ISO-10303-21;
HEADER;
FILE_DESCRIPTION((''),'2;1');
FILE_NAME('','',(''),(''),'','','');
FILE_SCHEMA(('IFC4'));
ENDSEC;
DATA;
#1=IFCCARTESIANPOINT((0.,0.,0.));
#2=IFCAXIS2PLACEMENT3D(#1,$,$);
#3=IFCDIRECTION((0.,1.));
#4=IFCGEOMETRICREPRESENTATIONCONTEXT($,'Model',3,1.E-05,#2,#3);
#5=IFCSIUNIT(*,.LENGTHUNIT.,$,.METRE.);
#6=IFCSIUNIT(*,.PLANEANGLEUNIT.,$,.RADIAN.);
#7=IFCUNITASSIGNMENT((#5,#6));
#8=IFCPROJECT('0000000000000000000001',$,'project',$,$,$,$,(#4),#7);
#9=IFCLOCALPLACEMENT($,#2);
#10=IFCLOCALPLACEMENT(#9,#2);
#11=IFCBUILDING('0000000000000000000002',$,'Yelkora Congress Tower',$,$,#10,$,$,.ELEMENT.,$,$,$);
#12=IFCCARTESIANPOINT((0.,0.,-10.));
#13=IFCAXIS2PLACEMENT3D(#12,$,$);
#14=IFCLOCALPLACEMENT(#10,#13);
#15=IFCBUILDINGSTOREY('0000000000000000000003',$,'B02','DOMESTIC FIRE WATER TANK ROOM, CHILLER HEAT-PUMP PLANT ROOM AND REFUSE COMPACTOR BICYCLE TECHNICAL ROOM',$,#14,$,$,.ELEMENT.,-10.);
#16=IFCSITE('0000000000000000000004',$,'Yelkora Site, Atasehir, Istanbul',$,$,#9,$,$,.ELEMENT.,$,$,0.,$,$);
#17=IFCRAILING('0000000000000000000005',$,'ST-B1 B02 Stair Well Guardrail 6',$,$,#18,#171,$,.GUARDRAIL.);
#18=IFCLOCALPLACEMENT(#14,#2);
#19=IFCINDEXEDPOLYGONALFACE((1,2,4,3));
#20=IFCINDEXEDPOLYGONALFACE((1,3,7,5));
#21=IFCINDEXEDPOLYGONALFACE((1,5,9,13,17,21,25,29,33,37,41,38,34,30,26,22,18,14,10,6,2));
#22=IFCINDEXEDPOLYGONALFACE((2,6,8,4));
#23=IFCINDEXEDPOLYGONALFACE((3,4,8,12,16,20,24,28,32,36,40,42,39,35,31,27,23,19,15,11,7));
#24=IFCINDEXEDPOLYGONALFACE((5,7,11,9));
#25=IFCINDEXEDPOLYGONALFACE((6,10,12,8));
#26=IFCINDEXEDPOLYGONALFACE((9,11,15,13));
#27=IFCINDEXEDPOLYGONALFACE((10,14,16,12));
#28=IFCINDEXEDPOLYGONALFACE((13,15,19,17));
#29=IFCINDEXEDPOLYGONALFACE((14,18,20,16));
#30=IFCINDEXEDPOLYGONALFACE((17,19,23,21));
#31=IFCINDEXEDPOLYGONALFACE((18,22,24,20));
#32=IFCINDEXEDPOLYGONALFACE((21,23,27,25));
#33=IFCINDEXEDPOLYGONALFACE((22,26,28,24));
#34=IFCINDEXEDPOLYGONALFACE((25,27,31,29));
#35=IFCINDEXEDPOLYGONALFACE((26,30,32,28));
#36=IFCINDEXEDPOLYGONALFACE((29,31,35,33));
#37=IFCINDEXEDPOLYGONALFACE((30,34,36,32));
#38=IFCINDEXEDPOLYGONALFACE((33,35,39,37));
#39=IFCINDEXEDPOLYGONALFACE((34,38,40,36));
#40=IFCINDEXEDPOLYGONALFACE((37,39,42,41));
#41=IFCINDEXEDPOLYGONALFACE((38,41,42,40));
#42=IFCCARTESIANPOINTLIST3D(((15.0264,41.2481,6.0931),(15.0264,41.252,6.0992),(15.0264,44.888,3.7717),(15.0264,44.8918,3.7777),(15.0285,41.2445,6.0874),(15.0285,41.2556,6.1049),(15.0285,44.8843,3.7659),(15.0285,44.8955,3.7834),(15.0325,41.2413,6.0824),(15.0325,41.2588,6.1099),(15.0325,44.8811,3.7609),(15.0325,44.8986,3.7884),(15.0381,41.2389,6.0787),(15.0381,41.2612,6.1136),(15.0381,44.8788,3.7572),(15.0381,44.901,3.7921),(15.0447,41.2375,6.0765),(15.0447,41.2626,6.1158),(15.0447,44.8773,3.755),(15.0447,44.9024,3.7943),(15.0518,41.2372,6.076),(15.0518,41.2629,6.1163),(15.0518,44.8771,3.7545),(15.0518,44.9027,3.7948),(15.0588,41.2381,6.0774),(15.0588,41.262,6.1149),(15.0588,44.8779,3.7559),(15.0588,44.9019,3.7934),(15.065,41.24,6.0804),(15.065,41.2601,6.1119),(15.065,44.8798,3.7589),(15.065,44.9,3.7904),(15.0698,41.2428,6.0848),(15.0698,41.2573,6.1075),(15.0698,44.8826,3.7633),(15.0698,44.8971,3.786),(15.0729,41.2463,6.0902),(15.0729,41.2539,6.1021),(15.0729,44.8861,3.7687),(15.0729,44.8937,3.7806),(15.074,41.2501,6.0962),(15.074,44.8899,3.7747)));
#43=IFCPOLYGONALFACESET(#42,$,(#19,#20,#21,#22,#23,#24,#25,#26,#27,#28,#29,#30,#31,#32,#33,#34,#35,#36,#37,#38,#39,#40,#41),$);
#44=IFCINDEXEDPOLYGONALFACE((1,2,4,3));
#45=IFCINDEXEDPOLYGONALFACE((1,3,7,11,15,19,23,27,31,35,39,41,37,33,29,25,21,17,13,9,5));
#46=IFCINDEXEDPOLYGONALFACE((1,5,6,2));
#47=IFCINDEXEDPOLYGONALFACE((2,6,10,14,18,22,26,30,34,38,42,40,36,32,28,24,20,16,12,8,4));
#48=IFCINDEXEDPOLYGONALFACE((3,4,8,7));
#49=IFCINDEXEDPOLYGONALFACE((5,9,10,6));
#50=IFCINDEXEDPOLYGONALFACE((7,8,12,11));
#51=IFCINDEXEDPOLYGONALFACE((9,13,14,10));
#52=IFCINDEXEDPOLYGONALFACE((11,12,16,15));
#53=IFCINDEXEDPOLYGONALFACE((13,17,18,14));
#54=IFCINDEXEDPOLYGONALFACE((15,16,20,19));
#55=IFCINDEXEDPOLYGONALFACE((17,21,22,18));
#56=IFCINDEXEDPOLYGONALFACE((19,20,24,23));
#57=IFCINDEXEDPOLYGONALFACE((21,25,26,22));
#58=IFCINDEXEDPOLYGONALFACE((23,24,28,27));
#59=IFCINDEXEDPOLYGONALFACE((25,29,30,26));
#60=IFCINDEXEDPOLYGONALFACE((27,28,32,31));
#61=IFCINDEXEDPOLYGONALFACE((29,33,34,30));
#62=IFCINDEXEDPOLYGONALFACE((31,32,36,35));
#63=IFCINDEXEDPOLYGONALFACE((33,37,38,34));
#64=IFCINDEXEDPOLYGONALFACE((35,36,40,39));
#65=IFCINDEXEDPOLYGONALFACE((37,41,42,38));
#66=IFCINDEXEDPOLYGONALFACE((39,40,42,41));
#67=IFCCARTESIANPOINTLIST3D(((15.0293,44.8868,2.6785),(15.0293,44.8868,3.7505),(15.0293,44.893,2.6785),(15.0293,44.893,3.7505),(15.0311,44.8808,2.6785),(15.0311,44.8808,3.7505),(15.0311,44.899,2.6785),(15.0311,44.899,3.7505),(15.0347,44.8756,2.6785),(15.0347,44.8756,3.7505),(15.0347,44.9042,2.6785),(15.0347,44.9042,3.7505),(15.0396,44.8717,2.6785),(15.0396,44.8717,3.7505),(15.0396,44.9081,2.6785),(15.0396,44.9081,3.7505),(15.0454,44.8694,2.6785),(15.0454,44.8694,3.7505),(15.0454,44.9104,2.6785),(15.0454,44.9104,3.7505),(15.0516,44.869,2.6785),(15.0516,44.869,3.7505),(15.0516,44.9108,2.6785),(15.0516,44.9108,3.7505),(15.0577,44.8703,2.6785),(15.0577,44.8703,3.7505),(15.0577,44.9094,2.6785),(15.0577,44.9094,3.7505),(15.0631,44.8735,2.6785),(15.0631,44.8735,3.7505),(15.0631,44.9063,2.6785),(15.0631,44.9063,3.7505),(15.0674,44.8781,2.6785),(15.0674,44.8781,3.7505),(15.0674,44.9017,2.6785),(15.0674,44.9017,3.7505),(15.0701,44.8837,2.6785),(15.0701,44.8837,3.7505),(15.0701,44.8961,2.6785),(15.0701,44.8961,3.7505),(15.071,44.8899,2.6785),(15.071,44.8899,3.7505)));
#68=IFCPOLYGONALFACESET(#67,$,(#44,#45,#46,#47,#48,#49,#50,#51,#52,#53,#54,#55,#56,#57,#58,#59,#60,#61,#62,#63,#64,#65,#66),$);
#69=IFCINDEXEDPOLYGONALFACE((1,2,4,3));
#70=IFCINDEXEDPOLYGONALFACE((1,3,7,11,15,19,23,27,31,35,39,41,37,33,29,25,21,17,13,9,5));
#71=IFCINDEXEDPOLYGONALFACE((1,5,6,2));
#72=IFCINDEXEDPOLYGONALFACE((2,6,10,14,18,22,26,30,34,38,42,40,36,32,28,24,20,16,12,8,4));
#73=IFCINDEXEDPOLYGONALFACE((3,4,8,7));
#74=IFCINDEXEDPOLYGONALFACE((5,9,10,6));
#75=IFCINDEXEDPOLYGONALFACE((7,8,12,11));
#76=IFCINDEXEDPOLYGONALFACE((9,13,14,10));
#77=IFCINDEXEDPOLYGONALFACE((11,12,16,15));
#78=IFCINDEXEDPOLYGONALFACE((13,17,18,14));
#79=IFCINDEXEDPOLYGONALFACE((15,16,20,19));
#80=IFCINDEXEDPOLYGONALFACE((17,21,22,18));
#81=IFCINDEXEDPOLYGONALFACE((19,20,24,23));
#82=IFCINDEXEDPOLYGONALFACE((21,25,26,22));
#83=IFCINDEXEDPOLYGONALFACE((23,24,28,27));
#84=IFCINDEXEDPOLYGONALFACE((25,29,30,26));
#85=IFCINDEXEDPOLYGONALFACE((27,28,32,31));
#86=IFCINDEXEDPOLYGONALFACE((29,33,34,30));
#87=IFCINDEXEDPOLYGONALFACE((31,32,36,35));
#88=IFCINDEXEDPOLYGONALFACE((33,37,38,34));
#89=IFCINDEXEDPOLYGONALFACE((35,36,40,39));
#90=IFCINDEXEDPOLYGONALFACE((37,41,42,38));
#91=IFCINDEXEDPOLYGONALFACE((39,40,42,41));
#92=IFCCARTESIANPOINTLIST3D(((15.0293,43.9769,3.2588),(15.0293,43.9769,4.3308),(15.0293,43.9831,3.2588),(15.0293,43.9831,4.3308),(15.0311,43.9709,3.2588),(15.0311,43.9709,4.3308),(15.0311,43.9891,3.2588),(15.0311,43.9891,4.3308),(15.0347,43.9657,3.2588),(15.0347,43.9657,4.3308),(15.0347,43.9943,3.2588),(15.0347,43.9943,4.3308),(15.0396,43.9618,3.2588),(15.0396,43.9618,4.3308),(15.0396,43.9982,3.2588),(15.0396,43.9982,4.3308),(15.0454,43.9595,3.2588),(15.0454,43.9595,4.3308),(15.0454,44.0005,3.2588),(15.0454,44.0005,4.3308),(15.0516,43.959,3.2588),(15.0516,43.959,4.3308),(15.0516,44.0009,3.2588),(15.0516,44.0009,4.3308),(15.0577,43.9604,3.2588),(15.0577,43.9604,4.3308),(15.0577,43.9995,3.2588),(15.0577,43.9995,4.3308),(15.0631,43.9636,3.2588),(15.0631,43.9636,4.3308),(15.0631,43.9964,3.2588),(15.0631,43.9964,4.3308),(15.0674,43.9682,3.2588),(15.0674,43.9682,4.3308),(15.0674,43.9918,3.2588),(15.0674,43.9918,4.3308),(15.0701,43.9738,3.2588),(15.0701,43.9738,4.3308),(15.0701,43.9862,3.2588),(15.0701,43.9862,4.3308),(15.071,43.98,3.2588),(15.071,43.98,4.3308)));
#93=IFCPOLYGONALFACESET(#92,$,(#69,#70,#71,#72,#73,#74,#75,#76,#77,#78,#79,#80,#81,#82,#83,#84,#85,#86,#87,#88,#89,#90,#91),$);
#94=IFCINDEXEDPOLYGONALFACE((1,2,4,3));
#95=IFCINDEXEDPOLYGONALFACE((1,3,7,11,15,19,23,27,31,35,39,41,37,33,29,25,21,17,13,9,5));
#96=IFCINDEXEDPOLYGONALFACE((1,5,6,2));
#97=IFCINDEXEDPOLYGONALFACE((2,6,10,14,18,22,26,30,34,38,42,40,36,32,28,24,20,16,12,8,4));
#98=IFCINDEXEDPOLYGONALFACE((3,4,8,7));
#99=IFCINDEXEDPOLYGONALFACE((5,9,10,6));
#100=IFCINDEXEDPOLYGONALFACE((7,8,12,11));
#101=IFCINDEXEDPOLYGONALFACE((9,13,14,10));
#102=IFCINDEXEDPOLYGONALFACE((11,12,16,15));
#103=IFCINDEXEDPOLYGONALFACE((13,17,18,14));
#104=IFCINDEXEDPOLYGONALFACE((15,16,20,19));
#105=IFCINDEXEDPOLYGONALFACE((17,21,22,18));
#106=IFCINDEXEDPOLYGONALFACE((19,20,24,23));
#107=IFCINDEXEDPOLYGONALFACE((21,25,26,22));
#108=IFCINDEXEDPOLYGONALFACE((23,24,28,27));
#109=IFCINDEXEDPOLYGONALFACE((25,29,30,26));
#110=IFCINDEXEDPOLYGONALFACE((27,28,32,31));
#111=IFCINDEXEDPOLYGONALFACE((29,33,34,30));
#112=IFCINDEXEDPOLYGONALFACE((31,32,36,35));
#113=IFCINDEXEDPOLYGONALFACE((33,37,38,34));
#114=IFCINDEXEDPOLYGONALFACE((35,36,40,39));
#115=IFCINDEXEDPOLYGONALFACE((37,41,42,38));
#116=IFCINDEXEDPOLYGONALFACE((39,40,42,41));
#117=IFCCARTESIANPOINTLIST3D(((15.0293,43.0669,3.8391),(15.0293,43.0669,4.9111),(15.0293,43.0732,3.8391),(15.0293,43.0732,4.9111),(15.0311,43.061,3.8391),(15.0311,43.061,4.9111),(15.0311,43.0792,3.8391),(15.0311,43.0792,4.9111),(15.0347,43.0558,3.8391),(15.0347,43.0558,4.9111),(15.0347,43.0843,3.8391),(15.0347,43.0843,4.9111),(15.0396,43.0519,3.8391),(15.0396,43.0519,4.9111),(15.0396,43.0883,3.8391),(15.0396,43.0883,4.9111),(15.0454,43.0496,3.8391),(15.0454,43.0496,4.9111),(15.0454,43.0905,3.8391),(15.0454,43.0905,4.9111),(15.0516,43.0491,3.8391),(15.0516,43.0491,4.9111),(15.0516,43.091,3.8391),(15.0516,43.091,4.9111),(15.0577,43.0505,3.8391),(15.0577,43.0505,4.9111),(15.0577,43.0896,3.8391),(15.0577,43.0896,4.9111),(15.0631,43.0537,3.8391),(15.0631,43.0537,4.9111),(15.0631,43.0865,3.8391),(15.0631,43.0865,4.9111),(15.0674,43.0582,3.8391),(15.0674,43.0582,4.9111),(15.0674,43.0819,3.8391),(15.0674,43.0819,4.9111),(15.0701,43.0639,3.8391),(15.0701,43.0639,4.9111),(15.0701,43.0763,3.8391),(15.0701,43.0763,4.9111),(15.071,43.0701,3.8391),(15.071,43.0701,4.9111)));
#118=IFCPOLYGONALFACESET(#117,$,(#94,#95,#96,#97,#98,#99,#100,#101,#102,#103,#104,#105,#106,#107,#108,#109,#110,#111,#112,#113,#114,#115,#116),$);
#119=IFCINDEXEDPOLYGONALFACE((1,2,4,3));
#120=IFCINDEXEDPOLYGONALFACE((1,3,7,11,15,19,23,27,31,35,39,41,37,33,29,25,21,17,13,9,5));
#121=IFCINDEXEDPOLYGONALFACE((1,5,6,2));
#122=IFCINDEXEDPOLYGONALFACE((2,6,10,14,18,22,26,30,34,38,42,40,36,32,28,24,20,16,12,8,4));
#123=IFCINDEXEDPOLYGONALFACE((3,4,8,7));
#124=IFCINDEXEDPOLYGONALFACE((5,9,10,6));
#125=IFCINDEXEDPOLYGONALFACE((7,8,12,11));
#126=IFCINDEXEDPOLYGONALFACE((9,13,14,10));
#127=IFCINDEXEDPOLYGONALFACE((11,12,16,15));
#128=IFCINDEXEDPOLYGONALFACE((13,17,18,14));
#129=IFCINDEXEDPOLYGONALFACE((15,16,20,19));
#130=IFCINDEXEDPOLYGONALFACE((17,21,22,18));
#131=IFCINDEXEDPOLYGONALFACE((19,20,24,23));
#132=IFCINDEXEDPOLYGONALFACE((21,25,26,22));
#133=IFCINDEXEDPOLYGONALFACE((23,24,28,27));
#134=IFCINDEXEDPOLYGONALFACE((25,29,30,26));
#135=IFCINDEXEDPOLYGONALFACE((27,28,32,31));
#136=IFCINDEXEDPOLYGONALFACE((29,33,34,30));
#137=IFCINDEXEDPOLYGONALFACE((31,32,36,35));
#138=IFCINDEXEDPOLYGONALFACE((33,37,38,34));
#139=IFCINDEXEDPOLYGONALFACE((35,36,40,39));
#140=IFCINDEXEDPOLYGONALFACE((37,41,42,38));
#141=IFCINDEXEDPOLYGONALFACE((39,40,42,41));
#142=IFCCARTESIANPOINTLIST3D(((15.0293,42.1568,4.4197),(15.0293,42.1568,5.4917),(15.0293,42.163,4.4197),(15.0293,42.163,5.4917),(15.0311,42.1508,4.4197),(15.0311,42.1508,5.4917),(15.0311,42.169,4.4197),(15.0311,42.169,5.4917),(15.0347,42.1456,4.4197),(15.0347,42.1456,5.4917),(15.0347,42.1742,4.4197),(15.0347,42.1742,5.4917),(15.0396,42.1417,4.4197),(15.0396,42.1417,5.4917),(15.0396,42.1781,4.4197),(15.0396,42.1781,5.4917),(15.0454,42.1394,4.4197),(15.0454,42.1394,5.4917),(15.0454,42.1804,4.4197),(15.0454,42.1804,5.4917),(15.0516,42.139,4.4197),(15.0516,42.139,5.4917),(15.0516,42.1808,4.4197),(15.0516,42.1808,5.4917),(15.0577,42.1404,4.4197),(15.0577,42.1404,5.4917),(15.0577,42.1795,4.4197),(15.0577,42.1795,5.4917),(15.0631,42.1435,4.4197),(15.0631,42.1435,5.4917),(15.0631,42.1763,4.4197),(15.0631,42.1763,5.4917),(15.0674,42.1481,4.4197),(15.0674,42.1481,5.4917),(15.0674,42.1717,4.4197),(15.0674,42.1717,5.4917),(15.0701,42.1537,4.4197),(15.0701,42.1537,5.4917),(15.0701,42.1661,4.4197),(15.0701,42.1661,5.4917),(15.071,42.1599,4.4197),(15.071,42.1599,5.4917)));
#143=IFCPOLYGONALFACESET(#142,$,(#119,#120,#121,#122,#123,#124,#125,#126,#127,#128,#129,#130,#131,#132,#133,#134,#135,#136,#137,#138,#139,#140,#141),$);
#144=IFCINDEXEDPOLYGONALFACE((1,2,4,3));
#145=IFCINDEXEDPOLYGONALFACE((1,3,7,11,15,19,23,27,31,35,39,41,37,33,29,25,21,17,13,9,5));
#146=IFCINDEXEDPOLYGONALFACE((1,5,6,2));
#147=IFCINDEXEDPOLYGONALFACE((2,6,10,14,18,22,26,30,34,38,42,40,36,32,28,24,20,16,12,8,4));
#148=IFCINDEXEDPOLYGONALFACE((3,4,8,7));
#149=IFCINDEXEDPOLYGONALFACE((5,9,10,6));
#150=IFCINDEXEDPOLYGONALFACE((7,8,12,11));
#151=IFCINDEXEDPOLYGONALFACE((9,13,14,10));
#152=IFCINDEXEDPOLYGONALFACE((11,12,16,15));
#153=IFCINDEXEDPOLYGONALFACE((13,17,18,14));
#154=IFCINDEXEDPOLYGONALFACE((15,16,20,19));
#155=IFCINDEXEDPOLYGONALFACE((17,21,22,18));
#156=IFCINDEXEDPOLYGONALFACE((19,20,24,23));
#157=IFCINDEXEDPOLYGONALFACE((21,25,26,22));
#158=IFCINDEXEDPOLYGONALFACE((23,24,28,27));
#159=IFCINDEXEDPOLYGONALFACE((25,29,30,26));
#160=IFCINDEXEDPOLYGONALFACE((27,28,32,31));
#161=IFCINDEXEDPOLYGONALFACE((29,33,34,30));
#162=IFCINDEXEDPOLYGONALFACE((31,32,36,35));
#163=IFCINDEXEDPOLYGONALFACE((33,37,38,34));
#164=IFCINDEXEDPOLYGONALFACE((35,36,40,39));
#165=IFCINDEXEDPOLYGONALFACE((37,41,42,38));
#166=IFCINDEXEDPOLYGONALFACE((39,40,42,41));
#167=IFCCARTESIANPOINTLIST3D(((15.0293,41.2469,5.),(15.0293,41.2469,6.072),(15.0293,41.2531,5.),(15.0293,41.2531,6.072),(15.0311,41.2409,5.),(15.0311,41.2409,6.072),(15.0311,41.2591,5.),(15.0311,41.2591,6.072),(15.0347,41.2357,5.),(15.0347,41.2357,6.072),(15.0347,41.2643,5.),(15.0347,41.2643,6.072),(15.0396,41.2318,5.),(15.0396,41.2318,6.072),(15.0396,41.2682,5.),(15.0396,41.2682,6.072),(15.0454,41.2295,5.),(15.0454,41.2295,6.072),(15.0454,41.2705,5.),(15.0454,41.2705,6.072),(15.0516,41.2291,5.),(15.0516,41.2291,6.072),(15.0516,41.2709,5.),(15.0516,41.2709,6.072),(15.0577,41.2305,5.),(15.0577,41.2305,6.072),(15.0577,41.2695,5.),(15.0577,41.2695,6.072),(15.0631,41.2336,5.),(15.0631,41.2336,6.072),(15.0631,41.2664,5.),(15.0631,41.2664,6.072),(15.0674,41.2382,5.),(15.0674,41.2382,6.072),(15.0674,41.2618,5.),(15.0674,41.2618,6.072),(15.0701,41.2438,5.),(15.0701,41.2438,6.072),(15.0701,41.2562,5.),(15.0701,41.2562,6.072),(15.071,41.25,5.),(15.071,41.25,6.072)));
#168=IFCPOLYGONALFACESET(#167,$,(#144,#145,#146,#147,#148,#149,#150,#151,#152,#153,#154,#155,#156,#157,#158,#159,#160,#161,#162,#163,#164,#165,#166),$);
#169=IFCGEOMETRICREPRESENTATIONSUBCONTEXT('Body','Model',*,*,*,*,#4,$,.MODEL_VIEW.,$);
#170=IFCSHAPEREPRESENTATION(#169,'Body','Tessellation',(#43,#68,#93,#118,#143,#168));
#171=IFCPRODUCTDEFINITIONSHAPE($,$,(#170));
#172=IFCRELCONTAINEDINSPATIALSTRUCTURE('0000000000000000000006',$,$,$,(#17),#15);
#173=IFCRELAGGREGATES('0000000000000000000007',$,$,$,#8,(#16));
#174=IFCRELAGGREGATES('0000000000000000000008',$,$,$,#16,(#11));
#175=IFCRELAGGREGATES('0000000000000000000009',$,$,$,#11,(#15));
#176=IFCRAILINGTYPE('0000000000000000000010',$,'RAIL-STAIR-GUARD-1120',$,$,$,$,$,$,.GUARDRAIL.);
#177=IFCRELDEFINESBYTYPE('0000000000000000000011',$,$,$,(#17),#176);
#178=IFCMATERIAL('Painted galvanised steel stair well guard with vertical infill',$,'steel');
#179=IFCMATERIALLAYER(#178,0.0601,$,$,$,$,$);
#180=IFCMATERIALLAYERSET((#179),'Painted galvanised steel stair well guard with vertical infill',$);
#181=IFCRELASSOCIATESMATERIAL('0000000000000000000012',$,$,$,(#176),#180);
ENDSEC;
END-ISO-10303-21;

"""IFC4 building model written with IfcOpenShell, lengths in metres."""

from ifc_helpers import new_model, si_unit, direction, frame, origin, origin_2d, place, context, subcontext, project, spatial, circle, extrude, material, layer, layer_set, type_object, element, save


model = new_model("IFC4")

# Units and contexts
model_context = context("Model", 3, precision=1e-05, world=origin(), true_north=direction((0.0, 1.0)))
body_context = subcontext(model_context, "Body", "Model", "MODEL_VIEW")
ifc_project = project(units=[si_unit("LENGTHUNIT", "METRE"), si_unit("PLANEANGLEUNIT", "RADIAN")], contexts=[model_context])

# Site, building, storey
site_placement = place(None, origin())
site = spatial("IfcSite", under=ifc_project, at=site_placement, Name="Yelkora Site, Atasehir, Istanbul", CompositionType="ELEMENT", RefElevation=0.0)
building_placement = place(site_placement, origin())
building = spatial("IfcBuilding", under=site, at=building_placement, Name="Yelkora Congress Tower", CompositionType="ELEMENT")
storey_placement = place(building_placement, frame((0.0, 0.0, -10.0)))
storey = spatial("IfcBuildingStorey", under=building, at=storey_placement, Name="B02", Description="DOMESTIC FIRE WATER TANK ROOM, CHILLER HEAT-PUMP PLANT ROOM AND REFUSE COMPACTOR BICYCLE TECHNICAL ROOM", CompositionType="ELEMENT", Elevation=-10.0)

# Railing
ifc_material_1 = material(Name="Painted galvanised steel stair well guard with vertical infill", Category="steel")
ifc_layer_1 = layer(ifc_material_1, 0.0601)
ifc_layer_set_1 = layer_set([ifc_layer_1], Name="Painted galvanised steel stair well guard with vertical infill")
railing_type_1 = type_object("IfcRailingType", Name="RAIL-STAIR-GUARD-1120", PredefinedType="GUARDRAIL", material=ifc_layer_set_1)
railing_1_placement = place(storey_placement, frame((15.05, 44.8899, 2.6785)))
element("IfcRailing", 1, at=railing_1_placement, inside=storey, type_object=railing_type_1, Name="ST-B1 B02 Stair Well Guardrail 6", PredefinedType="GUARDRAIL", context=body_context, shape_type="SweptSolid", body=[
    extrude(circle(Radius=0.0239, at=origin_2d()), frame((0.0, 0.0, 1.0962), z_axis=(0.0, -0.843112, 0.537739), x_axis=(1.0, 0.0, 0.0)), (0.0, 0.0, 1.0), 4.3171),
    extrude(circle(Radius=0.021, at=origin_2d()), origin(), (0.0, 0.0, 1.0), 1.072),
    extrude(circle(Radius=0.021, at=origin_2d()), frame((0.0, -0.9099, 0.5803)), (0.0, 0.0, 1.0), 1.072),
    extrude(circle(Radius=0.021, at=origin_2d()), frame((0.0, -1.8198, 1.1606)), (0.0, 0.0, 1.0), 1.072),
    extrude(circle(Radius=0.021, at=origin_2d()), frame((0.0, -2.73, 1.7412)), (0.0, 0.0, 1.0), 1.072),
    extrude(circle(Radius=0.021, at=origin_2d()), frame((0.0, -3.6399, 2.3215)), (0.0, 0.0, 1.0), 1.072),
])

save(model, "model.ifc")
